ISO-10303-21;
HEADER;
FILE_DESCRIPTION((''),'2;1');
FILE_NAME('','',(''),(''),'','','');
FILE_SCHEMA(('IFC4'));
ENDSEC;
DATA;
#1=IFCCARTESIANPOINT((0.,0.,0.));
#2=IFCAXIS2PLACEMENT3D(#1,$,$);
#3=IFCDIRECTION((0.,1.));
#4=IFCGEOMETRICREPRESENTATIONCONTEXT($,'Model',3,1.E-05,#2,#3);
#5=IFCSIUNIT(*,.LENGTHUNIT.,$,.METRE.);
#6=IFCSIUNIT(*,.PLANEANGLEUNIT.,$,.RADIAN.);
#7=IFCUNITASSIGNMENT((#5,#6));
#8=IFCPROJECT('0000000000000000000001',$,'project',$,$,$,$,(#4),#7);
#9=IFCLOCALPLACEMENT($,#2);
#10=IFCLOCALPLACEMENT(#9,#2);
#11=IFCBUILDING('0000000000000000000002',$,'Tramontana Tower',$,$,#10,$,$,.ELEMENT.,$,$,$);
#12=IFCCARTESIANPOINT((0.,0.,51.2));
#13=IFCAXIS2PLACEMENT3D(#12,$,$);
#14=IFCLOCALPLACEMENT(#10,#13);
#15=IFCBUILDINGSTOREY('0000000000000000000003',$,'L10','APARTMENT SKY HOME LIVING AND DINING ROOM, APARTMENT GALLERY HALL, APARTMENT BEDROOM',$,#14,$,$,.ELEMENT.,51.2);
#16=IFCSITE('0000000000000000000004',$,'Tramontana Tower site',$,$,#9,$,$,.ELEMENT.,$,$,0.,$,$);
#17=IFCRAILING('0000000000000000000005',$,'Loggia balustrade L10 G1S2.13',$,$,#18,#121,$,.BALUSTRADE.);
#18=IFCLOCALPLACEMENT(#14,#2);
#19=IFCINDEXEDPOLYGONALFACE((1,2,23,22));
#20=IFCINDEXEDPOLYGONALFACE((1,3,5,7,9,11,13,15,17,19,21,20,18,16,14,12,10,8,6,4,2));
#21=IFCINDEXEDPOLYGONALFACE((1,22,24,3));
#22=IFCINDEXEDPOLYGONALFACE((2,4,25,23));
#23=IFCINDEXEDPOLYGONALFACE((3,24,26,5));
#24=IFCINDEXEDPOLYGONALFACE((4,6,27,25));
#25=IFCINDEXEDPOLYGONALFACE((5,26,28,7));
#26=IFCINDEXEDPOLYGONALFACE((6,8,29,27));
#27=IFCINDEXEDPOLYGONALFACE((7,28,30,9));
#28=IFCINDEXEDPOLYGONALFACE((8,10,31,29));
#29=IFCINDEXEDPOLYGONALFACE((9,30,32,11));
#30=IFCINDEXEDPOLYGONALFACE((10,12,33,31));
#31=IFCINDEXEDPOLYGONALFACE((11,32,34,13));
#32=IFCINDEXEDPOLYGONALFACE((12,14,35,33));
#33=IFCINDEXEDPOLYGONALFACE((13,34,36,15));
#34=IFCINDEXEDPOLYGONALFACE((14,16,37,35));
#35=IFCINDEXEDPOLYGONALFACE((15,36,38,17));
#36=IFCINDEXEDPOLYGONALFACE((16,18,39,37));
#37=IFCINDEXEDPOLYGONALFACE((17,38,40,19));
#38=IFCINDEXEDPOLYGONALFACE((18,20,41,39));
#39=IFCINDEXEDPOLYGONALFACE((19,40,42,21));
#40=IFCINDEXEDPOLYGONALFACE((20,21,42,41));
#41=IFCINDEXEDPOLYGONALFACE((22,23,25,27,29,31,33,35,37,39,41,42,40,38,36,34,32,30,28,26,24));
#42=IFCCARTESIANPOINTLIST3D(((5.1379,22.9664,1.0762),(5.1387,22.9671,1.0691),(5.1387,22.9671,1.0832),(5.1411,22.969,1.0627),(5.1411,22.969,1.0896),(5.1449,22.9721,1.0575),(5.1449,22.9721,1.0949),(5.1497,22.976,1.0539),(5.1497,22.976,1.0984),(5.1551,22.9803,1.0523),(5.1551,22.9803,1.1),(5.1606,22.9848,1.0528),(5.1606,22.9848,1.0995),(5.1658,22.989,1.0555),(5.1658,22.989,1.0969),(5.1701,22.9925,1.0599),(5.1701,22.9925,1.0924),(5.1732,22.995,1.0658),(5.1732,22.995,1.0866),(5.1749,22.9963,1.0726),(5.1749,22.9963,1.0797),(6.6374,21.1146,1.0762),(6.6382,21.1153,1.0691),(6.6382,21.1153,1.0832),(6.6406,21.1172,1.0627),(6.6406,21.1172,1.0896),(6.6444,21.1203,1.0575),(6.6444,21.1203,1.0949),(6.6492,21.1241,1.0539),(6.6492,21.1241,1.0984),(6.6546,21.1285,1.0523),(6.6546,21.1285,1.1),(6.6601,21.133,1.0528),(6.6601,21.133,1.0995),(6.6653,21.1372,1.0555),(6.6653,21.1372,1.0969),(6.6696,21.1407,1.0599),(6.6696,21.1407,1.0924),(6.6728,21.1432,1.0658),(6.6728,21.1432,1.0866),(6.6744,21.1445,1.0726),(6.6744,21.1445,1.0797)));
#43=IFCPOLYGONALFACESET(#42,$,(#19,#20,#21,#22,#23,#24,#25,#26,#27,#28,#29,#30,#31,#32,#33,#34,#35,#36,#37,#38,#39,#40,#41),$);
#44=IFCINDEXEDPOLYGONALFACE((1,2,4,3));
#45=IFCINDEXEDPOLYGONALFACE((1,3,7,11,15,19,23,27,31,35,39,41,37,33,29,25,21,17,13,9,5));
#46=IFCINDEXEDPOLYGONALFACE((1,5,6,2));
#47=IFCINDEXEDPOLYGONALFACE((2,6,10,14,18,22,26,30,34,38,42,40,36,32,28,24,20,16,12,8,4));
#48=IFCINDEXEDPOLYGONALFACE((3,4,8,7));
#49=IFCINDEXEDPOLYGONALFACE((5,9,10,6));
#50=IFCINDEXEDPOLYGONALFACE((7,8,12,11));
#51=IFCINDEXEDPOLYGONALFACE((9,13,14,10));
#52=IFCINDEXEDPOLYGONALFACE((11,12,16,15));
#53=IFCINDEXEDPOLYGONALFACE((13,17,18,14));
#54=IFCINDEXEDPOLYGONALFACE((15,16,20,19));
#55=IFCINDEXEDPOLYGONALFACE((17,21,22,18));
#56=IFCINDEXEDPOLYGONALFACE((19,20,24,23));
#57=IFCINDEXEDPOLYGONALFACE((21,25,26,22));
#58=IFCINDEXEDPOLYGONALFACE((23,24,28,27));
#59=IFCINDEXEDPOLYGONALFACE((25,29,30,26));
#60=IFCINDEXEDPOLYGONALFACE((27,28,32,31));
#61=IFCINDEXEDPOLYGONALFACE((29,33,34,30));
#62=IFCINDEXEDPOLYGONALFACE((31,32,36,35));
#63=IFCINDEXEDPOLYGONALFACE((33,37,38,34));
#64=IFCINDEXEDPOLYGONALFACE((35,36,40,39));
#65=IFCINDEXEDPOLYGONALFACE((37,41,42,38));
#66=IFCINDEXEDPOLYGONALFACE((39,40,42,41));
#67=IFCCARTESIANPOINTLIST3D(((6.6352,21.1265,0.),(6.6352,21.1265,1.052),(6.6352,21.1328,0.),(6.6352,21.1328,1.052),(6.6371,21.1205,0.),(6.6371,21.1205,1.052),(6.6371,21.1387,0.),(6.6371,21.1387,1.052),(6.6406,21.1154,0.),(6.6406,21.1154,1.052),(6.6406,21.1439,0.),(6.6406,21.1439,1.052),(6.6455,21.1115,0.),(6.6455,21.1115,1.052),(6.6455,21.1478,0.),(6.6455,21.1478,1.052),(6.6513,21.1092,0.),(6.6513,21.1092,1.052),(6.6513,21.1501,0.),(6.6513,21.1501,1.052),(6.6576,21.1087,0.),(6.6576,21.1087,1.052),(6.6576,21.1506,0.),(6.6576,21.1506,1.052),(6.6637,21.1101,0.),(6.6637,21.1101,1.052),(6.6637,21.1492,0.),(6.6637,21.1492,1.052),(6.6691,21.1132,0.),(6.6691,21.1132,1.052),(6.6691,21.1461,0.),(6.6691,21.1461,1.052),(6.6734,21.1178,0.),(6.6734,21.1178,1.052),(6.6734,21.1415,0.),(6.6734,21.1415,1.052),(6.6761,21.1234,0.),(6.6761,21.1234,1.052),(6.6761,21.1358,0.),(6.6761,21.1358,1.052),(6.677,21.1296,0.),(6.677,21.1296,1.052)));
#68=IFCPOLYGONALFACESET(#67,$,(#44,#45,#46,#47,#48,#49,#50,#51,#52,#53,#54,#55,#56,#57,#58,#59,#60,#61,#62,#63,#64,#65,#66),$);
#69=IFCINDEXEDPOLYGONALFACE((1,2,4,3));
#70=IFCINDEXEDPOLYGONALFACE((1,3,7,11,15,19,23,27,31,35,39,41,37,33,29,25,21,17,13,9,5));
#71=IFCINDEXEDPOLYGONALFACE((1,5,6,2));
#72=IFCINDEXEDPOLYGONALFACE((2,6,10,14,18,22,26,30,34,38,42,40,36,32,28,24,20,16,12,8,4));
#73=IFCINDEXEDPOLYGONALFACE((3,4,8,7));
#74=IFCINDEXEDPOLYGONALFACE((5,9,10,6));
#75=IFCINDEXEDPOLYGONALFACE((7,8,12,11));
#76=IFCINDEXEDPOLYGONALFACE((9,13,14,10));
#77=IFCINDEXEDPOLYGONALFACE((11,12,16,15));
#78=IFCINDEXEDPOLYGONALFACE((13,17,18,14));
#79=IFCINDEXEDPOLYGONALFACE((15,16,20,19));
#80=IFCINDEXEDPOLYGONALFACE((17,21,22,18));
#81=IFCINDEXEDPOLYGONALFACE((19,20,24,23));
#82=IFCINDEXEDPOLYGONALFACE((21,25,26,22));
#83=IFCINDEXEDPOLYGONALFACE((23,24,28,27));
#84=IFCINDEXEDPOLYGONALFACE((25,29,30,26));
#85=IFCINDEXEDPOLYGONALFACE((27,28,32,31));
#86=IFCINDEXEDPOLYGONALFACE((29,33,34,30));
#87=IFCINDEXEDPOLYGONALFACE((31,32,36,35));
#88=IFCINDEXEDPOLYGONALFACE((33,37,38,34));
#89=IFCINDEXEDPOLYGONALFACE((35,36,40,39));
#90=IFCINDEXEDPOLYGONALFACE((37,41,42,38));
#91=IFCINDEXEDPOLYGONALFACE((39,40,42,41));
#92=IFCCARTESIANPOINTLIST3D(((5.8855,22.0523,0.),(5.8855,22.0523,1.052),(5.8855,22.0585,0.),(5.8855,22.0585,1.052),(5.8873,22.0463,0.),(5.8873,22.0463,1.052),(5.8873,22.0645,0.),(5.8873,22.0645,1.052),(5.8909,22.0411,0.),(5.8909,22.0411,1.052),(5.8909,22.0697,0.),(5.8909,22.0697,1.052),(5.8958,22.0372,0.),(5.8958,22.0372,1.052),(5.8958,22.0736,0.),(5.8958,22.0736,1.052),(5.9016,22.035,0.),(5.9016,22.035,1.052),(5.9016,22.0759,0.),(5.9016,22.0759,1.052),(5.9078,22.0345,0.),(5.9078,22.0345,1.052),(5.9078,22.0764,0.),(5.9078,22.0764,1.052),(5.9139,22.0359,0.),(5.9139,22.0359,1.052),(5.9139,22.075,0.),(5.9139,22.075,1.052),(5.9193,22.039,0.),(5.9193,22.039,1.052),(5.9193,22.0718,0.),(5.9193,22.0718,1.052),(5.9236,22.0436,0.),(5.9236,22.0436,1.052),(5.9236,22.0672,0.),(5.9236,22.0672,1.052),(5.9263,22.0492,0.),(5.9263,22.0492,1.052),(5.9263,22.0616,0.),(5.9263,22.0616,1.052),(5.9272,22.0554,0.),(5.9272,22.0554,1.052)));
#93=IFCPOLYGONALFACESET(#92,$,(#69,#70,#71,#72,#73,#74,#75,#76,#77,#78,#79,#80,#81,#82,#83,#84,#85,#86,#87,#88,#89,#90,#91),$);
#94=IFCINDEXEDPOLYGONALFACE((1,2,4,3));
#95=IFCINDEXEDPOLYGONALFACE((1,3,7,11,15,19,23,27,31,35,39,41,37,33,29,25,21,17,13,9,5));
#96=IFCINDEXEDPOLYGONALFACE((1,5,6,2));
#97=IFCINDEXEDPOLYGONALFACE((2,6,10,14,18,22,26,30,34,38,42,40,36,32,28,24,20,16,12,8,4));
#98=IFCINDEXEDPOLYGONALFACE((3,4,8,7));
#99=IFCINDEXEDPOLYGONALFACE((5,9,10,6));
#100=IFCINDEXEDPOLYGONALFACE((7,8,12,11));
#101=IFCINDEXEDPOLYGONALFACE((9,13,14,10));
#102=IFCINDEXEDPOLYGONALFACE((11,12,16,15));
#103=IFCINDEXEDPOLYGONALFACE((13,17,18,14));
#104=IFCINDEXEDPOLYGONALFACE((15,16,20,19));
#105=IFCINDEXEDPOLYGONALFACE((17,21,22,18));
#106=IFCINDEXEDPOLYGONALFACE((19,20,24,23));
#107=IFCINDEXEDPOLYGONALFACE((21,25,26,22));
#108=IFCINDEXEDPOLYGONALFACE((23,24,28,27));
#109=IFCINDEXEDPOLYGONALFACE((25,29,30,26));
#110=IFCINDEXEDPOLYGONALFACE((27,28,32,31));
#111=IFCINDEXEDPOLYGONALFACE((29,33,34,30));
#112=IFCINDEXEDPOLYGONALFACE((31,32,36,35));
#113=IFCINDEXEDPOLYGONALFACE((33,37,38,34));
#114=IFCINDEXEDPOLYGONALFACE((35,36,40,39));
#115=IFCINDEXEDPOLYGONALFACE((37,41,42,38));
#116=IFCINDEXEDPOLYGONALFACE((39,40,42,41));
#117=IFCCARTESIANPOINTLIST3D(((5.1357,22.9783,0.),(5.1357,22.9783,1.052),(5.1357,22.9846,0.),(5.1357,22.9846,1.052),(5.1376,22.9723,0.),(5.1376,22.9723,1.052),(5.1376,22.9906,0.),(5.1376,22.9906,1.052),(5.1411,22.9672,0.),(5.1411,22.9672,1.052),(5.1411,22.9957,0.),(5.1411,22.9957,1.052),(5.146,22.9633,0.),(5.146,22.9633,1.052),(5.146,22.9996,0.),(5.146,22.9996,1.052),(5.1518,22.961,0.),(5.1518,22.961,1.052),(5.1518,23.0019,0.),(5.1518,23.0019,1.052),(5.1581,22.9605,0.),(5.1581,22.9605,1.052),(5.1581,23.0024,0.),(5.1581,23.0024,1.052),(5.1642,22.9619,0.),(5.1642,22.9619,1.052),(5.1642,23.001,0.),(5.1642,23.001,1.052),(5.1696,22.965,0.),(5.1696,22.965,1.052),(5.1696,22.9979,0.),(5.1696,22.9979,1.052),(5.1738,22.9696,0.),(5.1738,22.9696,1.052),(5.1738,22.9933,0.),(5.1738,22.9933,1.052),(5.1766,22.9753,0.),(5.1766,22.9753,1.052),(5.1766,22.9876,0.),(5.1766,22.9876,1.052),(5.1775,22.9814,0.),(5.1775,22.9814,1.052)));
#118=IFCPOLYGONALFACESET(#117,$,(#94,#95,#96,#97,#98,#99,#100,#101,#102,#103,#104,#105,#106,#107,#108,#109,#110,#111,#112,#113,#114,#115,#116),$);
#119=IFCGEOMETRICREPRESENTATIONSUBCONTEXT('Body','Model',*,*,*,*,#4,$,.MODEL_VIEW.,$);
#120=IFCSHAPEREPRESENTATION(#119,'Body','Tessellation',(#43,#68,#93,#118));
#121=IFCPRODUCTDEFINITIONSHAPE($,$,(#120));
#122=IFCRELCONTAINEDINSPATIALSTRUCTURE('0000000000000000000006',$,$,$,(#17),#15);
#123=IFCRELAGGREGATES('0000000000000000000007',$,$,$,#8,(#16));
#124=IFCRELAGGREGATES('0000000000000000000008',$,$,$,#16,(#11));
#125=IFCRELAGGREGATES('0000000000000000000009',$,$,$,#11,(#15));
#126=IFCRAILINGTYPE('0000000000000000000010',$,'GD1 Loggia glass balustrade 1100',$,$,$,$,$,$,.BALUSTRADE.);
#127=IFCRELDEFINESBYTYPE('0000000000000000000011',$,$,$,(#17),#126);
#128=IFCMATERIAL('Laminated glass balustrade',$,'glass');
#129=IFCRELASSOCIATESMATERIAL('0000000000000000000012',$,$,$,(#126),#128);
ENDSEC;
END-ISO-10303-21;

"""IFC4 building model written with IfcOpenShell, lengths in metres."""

from ifc_helpers import new_model, si_unit, direction, frame, origin, origin_2d, place, context, subcontext, project, spatial, circle, extrude, material, type_object, element, save


model = new_model("IFC4")

# Units and contexts
model_context = context("Model", 3, precision=1e-05, world=origin(), true_north=direction((0.0, 1.0)))
body_context = subcontext(model_context, "Body", "Model", "MODEL_VIEW")
ifc_project = project(units=[si_unit("LENGTHUNIT", "METRE"), si_unit("PLANEANGLEUNIT", "RADIAN")], contexts=[model_context])

# Site, building, storey
site_placement = place(None, origin())
site = spatial("IfcSite", under=ifc_project, at=site_placement, Name="Tramontana Tower site", CompositionType="ELEMENT", RefElevation=0.0)
building_placement = place(site_placement, origin())
building = spatial("IfcBuilding", under=site, at=building_placement, Name="Tramontana Tower", CompositionType="ELEMENT")
storey_placement = place(building_placement, frame((0.0, 0.0, 51.2)))
storey = spatial("IfcBuildingStorey", under=building, at=storey_placement, Name="L10", Description="APARTMENT SKY HOME LIVING AND DINING ROOM, APARTMENT GALLERY HALL, APARTMENT BEDROOM", CompositionType="ELEMENT", Elevation=51.2)

# Railing
ifc_material_1 = material(Name="Laminated glass balustrade", Category="glass")
railing_type = type_object("IfcRailingType", Name="GD1 Loggia glass balustrade 1100", PredefinedType="BALUSTRADE", material=ifc_material_1)
railing_placement = place(storey_placement, frame((6.656, 21.1296, 0.0)))
element("IfcRailing", 1, at=railing_placement, inside=storey, type_object=railing_type, Name="Loggia balustrade L10 G1S2.13", PredefinedType="BALUSTRADE", context=body_context, shape_type="SweptSolid", body=[
    extrude(circle(Radius=0.0239, at=origin_2d()), frame((0.0, 0.0, 1.0762), z_axis=(-0.629307, 0.777157, 0.0), x_axis=(-0.777157, -0.629307, 0.0)), (0.0, 0.0, 1.0), 2.3828),
    extrude(circle(Radius=0.021, at=origin_2d()), origin(), (0.0, 0.0, 1.0), 1.052),
    extrude(circle(Radius=0.021, at=origin_2d()), frame((-0.7498, 0.9258, 0.0)), (0.0, 0.0, 1.0), 1.052),
    extrude(circle(Radius=0.021, at=origin_2d()), frame((-1.4995, 1.8518, 0.0)), (0.0, 0.0, 1.0), 1.052),
])

save(model, "model.ifc")
